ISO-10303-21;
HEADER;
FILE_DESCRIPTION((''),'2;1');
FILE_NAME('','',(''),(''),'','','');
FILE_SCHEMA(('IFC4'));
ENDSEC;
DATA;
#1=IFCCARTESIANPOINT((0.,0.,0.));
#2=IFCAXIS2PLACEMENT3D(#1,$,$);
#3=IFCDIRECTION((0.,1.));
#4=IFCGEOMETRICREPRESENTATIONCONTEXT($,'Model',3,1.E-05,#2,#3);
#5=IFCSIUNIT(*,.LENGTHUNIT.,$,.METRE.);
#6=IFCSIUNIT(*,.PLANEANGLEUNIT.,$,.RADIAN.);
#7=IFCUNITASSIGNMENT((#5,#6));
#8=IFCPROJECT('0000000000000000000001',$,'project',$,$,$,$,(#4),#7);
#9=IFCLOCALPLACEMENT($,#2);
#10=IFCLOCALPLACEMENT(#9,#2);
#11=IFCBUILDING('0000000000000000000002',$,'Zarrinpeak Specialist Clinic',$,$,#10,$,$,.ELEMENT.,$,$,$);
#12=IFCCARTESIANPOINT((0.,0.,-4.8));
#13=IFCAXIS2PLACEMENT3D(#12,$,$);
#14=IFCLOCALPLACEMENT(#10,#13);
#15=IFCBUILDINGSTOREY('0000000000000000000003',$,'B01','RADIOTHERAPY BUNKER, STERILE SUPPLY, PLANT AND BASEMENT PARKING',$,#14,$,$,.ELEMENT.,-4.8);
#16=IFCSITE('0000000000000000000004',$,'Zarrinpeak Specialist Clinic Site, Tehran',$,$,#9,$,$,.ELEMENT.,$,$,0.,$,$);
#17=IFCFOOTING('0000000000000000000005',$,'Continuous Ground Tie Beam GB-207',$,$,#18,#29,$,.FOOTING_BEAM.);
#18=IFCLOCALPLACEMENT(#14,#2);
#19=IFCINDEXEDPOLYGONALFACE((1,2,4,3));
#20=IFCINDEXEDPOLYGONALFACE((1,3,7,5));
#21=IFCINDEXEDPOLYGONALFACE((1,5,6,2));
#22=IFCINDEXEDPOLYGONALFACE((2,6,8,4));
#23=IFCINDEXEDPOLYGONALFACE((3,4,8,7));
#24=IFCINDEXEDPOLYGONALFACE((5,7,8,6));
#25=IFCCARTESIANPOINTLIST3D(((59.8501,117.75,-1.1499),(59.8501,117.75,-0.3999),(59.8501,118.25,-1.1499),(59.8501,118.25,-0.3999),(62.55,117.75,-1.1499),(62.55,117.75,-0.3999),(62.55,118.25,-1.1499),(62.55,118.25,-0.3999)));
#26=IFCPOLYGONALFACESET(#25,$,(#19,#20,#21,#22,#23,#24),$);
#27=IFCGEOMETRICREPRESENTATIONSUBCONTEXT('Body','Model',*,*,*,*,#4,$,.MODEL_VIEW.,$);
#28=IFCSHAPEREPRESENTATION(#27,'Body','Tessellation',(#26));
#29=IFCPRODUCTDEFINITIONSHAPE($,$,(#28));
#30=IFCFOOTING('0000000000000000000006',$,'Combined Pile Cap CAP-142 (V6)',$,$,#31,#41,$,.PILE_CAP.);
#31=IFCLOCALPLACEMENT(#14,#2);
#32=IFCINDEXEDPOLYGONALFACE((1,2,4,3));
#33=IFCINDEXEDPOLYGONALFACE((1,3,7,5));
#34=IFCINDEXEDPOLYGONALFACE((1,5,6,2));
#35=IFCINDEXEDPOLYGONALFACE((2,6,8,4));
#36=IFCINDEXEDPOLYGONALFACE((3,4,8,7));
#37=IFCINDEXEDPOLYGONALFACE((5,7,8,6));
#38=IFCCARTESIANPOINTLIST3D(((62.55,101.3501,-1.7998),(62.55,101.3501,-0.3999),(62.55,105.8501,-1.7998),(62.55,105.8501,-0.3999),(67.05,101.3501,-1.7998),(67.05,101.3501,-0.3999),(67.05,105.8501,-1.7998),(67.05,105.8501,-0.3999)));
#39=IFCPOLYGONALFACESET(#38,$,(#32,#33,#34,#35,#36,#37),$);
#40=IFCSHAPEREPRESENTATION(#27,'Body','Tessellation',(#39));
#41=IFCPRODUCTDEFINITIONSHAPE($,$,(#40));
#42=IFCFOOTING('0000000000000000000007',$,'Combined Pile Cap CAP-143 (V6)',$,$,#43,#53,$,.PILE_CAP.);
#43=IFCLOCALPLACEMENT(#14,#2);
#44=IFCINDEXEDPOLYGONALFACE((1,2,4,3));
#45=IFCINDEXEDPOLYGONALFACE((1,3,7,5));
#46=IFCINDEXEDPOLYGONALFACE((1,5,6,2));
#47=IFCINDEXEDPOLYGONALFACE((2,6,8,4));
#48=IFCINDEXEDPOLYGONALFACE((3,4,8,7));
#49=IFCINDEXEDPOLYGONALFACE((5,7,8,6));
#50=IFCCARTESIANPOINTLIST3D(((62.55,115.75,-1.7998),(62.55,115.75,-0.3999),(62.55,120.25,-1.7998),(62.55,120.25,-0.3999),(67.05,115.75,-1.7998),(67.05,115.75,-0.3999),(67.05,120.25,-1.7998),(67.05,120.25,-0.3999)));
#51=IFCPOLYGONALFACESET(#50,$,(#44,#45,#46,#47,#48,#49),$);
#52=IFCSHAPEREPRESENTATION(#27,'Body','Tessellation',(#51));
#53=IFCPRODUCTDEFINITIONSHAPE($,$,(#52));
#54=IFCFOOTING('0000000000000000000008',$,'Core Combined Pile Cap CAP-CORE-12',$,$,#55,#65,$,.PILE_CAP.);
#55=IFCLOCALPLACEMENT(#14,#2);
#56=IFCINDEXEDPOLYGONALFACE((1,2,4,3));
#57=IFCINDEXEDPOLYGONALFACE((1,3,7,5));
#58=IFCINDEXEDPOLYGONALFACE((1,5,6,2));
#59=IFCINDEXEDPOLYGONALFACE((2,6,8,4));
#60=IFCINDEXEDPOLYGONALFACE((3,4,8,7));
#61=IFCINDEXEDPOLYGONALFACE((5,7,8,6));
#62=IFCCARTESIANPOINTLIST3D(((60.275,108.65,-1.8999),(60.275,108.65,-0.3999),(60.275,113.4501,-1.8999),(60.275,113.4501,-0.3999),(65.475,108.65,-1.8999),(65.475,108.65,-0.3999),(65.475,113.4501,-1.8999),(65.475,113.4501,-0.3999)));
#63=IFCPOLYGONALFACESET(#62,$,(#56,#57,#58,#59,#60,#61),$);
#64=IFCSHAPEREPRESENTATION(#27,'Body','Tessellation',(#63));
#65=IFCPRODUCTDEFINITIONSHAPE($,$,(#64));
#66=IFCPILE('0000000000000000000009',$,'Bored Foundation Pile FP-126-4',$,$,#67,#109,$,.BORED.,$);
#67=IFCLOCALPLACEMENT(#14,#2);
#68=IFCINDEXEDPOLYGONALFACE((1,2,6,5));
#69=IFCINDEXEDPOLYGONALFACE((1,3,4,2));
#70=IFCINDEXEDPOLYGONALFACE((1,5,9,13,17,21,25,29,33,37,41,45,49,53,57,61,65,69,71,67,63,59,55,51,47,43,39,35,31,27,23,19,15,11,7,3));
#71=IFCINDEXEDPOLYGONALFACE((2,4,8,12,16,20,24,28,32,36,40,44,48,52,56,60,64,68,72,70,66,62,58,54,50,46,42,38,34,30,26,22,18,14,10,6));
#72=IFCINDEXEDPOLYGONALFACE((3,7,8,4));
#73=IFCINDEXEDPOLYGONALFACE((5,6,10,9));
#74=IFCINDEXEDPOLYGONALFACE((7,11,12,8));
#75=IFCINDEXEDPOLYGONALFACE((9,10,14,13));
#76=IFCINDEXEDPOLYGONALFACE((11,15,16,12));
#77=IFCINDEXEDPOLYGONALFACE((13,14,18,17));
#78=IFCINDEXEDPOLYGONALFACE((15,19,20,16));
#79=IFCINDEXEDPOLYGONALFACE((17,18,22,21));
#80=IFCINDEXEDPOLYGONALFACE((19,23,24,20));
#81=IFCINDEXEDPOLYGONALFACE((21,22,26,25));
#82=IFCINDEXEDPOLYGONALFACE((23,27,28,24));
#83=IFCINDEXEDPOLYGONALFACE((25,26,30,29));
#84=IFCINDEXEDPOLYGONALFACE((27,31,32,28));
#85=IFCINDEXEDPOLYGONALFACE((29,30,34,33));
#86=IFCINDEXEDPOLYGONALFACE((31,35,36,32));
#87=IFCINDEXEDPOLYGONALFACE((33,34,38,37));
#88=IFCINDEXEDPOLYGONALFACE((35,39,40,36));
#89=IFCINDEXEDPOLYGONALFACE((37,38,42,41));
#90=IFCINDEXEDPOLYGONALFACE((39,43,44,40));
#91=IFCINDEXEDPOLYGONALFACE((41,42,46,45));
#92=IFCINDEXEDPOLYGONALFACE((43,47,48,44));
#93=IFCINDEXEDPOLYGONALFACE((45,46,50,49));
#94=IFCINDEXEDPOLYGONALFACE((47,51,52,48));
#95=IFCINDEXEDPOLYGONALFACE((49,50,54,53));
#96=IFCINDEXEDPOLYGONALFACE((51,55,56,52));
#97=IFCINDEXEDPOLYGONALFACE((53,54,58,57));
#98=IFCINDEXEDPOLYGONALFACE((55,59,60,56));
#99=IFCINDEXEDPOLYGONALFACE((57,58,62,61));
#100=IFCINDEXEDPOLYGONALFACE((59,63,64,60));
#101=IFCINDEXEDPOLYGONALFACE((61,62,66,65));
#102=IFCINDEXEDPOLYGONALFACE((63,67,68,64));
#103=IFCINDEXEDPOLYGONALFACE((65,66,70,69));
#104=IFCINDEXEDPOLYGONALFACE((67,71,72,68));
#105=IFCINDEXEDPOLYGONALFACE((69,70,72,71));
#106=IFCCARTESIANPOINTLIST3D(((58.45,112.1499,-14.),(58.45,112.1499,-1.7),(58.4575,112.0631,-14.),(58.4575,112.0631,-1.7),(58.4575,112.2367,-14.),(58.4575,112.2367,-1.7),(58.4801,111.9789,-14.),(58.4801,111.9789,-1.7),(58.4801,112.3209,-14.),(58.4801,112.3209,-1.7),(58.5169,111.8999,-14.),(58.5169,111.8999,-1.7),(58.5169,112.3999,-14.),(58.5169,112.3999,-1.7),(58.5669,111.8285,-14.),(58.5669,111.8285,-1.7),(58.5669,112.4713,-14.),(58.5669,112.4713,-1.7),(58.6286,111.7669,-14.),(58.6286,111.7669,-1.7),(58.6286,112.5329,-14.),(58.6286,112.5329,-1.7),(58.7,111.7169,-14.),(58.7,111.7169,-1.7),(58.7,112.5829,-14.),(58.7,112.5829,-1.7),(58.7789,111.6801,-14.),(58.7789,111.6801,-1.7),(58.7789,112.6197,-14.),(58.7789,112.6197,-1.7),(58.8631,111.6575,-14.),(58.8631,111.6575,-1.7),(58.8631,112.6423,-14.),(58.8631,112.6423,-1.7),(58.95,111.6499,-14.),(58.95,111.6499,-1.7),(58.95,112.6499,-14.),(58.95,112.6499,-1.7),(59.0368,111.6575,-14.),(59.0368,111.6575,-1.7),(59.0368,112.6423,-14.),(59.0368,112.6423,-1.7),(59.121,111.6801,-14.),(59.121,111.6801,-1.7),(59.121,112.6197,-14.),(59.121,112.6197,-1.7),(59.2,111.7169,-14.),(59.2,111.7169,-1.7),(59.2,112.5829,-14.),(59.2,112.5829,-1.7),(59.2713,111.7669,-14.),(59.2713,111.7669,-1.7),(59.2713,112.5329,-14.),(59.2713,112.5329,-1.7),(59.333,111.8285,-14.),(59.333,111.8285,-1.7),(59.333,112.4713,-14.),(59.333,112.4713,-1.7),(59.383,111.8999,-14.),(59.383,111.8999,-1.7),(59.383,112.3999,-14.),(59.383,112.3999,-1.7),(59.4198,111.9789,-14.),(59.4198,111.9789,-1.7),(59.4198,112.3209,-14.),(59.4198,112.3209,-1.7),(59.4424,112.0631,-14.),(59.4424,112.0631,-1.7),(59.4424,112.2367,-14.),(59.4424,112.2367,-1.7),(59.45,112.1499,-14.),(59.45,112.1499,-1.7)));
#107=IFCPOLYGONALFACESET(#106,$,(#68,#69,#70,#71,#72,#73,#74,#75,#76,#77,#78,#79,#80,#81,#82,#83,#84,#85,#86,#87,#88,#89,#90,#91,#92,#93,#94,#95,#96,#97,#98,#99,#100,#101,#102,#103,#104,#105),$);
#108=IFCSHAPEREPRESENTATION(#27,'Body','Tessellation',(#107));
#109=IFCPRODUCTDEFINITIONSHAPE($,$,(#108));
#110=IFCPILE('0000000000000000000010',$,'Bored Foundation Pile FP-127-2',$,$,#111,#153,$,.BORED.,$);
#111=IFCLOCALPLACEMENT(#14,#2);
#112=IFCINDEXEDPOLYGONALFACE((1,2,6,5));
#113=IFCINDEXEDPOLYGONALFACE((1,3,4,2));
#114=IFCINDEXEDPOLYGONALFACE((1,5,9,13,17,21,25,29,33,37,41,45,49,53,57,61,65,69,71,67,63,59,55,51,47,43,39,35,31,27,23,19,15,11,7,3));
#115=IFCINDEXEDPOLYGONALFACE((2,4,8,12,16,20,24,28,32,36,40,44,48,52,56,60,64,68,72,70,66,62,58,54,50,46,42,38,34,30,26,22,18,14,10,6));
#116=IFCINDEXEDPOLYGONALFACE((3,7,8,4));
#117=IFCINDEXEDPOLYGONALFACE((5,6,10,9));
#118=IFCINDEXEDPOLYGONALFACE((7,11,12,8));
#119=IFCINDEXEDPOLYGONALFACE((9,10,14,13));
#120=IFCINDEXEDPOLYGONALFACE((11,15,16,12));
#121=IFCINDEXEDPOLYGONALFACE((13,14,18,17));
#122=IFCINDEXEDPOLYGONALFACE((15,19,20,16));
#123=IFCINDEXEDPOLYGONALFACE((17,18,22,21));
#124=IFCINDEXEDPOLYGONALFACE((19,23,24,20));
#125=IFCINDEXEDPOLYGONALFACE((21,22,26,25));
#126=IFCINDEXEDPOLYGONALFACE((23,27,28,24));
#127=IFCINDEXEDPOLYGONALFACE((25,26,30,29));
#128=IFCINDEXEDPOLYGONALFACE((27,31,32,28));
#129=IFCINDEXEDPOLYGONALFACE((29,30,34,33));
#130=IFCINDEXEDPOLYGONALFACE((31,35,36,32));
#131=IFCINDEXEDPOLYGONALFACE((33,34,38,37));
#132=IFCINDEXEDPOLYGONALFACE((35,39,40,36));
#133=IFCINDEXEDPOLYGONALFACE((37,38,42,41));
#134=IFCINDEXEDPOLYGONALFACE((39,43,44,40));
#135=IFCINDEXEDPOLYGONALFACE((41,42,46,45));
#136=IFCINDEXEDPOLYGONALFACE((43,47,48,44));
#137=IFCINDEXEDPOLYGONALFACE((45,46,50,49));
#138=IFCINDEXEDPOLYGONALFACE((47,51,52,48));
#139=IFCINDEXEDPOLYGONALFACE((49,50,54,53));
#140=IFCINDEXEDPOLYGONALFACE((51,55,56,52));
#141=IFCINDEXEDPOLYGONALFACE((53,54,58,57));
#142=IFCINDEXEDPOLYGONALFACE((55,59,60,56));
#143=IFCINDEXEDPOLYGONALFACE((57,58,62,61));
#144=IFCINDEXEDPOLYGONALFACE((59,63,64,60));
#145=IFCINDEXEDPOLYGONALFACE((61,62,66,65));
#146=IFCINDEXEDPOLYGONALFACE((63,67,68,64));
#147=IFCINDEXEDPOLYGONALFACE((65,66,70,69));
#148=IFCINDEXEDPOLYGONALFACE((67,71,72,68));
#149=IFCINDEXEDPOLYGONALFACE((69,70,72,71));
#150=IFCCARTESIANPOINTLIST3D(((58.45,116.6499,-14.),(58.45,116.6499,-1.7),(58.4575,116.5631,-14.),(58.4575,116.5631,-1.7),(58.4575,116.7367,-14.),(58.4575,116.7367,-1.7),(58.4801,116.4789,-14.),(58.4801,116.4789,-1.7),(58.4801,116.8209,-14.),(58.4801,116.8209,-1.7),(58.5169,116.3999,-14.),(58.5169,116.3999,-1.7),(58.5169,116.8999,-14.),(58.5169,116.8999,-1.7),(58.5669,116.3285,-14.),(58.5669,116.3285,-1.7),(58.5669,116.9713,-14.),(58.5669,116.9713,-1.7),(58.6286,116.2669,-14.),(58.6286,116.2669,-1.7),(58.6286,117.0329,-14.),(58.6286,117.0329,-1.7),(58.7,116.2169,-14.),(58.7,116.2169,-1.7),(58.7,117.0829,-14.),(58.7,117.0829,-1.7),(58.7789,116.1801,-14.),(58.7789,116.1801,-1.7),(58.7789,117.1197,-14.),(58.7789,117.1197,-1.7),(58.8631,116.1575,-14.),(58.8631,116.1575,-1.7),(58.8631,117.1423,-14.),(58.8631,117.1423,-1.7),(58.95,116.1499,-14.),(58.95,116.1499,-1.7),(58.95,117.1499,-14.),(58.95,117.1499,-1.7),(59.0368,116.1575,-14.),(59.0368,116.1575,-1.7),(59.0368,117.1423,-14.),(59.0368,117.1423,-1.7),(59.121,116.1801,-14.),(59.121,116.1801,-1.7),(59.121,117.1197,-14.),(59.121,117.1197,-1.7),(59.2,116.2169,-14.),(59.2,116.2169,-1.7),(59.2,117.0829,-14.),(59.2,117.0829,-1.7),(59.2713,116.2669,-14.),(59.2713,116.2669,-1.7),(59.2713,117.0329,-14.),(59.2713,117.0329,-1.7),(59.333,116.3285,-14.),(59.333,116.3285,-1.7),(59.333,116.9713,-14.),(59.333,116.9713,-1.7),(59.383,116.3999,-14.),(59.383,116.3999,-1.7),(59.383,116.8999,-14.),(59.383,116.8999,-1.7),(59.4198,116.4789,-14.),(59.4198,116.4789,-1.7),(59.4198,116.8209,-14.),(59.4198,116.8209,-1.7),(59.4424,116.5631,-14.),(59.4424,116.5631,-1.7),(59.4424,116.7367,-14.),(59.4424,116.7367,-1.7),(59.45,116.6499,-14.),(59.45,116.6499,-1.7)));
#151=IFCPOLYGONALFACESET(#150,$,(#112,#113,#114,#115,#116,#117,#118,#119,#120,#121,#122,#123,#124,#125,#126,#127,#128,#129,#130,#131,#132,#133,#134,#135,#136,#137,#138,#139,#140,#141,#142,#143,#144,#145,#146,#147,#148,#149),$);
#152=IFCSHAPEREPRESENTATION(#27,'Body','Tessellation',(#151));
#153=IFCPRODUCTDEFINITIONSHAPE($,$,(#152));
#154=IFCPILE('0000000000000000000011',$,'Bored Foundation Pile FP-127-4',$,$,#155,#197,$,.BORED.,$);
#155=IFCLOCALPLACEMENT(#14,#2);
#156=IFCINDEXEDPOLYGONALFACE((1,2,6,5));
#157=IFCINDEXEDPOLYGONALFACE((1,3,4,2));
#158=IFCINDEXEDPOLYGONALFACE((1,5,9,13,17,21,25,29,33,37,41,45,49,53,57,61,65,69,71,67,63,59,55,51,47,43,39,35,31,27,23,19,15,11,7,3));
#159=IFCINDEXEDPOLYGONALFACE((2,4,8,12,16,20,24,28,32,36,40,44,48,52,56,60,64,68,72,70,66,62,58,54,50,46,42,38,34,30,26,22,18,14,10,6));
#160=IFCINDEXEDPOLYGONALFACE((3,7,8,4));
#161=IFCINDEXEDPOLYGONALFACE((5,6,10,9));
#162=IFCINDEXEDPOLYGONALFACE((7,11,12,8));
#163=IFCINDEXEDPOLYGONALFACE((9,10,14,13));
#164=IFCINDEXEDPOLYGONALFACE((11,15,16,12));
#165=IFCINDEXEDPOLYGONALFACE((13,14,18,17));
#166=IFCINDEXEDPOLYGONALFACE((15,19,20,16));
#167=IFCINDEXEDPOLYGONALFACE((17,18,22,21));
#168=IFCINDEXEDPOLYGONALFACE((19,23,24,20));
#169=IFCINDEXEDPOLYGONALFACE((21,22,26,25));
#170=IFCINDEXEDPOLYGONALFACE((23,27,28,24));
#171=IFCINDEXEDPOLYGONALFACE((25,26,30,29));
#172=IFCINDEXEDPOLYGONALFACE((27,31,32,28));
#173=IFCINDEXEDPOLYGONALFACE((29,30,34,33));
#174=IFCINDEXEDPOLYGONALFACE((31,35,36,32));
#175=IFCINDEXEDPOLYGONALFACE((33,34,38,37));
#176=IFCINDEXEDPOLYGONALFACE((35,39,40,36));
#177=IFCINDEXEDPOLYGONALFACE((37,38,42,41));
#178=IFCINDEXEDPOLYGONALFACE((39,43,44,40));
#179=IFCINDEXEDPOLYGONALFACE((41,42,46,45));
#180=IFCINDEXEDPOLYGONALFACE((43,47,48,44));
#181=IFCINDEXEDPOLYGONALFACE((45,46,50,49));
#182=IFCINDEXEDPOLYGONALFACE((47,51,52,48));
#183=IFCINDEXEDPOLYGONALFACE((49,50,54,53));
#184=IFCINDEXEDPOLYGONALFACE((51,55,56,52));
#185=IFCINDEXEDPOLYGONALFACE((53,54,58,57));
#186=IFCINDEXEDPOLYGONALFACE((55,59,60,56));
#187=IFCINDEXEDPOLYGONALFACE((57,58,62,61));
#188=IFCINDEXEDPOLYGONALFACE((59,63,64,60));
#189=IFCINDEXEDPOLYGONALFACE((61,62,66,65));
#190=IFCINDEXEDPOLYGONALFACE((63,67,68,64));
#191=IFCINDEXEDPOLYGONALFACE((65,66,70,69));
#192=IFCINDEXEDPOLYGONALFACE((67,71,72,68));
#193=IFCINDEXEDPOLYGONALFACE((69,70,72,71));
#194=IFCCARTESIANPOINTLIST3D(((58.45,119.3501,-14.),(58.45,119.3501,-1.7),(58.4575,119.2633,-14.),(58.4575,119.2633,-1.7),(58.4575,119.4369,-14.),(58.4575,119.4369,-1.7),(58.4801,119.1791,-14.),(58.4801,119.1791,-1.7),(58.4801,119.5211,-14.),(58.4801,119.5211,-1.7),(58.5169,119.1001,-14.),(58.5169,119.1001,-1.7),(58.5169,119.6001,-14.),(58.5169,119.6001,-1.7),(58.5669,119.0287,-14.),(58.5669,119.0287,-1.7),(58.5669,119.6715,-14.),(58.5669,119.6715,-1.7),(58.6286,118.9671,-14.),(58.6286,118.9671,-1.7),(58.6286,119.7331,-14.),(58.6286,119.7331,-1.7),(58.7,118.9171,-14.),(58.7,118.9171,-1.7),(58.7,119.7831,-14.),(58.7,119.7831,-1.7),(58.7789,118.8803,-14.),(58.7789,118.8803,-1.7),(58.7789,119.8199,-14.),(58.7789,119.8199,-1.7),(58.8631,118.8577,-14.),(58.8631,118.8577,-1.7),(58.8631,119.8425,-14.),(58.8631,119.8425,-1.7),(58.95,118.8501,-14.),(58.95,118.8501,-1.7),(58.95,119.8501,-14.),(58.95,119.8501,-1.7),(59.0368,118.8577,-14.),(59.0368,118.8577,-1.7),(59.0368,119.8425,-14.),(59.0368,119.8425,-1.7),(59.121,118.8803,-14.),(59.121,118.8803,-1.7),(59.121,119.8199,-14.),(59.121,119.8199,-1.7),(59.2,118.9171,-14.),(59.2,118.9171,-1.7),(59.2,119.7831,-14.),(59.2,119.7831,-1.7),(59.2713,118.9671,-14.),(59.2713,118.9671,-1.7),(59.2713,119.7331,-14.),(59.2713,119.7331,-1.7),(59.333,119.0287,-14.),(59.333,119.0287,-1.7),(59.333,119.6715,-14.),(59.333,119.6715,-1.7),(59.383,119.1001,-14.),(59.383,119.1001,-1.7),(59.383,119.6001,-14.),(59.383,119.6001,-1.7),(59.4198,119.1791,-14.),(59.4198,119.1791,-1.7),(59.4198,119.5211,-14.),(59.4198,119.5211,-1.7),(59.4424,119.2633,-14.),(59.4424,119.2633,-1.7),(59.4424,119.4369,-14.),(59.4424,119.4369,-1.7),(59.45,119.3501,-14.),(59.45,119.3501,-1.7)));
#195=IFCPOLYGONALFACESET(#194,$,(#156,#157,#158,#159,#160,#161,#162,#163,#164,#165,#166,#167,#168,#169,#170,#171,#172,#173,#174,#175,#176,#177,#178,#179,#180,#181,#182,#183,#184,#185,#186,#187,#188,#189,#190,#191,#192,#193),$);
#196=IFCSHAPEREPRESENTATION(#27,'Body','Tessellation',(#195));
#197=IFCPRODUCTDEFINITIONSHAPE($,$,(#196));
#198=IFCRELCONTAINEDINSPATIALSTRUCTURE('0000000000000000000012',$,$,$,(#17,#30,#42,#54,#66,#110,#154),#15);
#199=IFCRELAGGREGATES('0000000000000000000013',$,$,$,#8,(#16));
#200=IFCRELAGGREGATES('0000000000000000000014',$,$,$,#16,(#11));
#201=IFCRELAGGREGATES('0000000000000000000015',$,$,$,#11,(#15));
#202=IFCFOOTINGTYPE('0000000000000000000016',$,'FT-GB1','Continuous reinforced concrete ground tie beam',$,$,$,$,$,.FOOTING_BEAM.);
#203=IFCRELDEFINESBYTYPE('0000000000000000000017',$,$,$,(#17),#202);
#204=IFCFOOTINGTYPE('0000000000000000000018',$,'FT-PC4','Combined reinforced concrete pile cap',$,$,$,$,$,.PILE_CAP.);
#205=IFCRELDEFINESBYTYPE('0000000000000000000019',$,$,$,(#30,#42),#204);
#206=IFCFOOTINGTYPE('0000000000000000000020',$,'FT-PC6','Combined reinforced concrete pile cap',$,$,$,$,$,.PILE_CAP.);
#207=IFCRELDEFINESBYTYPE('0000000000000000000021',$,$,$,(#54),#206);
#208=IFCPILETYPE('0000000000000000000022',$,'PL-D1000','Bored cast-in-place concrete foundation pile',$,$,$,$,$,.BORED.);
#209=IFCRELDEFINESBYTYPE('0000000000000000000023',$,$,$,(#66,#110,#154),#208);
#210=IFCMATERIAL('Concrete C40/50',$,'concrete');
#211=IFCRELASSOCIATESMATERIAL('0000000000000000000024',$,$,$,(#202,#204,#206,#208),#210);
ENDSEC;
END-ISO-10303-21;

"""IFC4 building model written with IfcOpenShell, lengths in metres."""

from ifc_helpers import new_model, si_unit, direction, frame, origin, origin_2d, place, context, subcontext, project, spatial, rectangle, circle, extrude, material, material_profile, profile_set, type_object, element, save


model = new_model("IFC4")

# Units and contexts
model_context = context("Model", 3, precision=1e-05, world=origin(), true_north=direction((0.0, 1.0)))
body_context = subcontext(model_context, "Body", "Model", "MODEL_VIEW")
ifc_project = project(units=[si_unit("LENGTHUNIT", "METRE"), si_unit("PLANEANGLEUNIT", "RADIAN")], contexts=[model_context])

# Site, building, storey
site_placement = place(None, origin())
site = spatial("IfcSite", under=ifc_project, at=site_placement, Name="Zarrinpeak Specialist Clinic Site, Tehran", CompositionType="ELEMENT", RefElevation=0.0)
building_placement = place(site_placement, origin())
building = spatial("IfcBuilding", under=site, at=building_placement, Name="Zarrinpeak Specialist Clinic", CompositionType="ELEMENT")
storey_placement = place(building_placement, frame((0.0, 0.0, -4.8)))
storey = spatial("IfcBuildingStorey", under=building, at=storey_placement, Name="B01", Description="RADIOTHERAPY BUNKER, STERILE SUPPLY, PLANT AND BASEMENT PARKING", CompositionType="ELEMENT", Elevation=-4.8)

# Footings
ifc_material_1 = material(Name="Concrete C40/50", Category="concrete")
ifc_material_profile_1 = material_profile(ifc_material_1, rectangle(XDim=0.5, YDim=0.75, at=origin_2d()), Name="RC 500x750")
ifc_profile_set_1 = profile_set([ifc_material_profile_1], Name="Concrete C40/50")
footing_type_1 = type_object("IfcFootingType", Name="FT-GB1", Description="Continuous reinforced concrete ground tie beam", PredefinedType="FOOTING_BEAM", material=ifc_profile_set_1)
footing_1_placement = place(storey_placement, frame((59.8501, 118.0, -0.7749), z_axis=(1.0, 0.0, 0.0), x_axis=(0.0, 1.0, 0.0)))
element("IfcFooting", 1, at=footing_1_placement, inside=storey, type_object=footing_type_1, Name="Continuous Ground Tie Beam GB-207", PredefinedType="FOOTING_BEAM", context=body_context, shape_type="SweptSolid", body=[
    extrude(rectangle(XDim=0.5, YDim=0.75, at=origin_2d()), origin(), (0.0, 0.0, 1.0), 2.7),
])
footing_type_2 = type_object("IfcFootingType", Name="FT-PC4", Description="Combined reinforced concrete pile cap", PredefinedType="PILE_CAP", material=ifc_material_1)
for number, where, z_axis, x_axis, name in (
    (2, (64.8, 103.6001, -1.7998), (0.0, 0.0, 1.0), (1.0, 0.0, 0.0), "Combined Pile Cap CAP-142 (V6)"),
    (3, (64.8, 118.0, -1.7998), (0.0, 0.0, 1.0), (1.0, 0.0, 0.0), "Combined Pile Cap CAP-143 (V6)"),
):
    element("IfcFooting", number, at=place(storey_placement, frame(where, z_axis=z_axis, x_axis=x_axis)), inside=storey, type_object=footing_type_2, Name=name, PredefinedType="PILE_CAP", context=body_context, shape_type="SweptSolid", body=[
        extrude(rectangle(XDim=4.5, YDim=4.5, at=origin_2d()), origin(), (0.0, 0.0, 1.0), 1.3999),
    ])
footing_type_3 = type_object("IfcFootingType", Name="FT-PC6", Description="Combined reinforced concrete pile cap", PredefinedType="PILE_CAP", material=ifc_material_1)
footing_2_placement = place(storey_placement, frame((62.875, 111.05, -1.8999), z_axis=(0.0, 0.0, 1.0), x_axis=(1.0, 0.0, 0.0)))
element("IfcFooting", 4, at=footing_2_placement, inside=storey, type_object=footing_type_3, Name="Core Combined Pile Cap CAP-CORE-12", PredefinedType="PILE_CAP", context=body_context, shape_type="SweptSolid", body=[
    extrude(rectangle(XDim=5.2, YDim=4.8, at=origin_2d()), origin(), (0.0, 0.0, 1.0), 1.5),
])

# Piles
ifc_material_profile_2 = material_profile(ifc_material_1, circle(Radius=0.5, at=origin_2d()), Name="BORED PILE D1000")
ifc_profile_set_2 = profile_set([ifc_material_profile_2], Name="Concrete C40/50")
pile_type = type_object("IfcPileType", Name="PL-D1000", Description="Bored cast-in-place concrete foundation pile", PredefinedType="BORED", material=ifc_profile_set_2)
for number, where, z_axis, x_axis, name in (
    (5, (58.95, 112.1499, -1.7), (0.0, 0.0, -1.0), (1.0, 0.0, 0.0), "Bored Foundation Pile FP-126-4"),
    (6, (58.95, 116.6499, -1.7), (0.0, 0.0, -1.0), (1.0, 0.0, 0.0), "Bored Foundation Pile FP-127-2"),
    (7, (58.95, 119.3501, -1.7), (0.0, 0.0, -1.0), (1.0, 0.0, 0.0), "Bored Foundation Pile FP-127-4"),
):
    element("IfcPile", number, at=place(storey_placement, frame(where, z_axis=z_axis, x_axis=x_axis)), inside=storey, type_object=pile_type, Name=name, PredefinedType="BORED", context=body_context, shape_type="SweptSolid", body=[
        extrude(circle(Radius=0.5, at=origin_2d()), origin(), (0.0, 0.0, 1.0), 12.3),
    ])

save(model, "model.ifc")
